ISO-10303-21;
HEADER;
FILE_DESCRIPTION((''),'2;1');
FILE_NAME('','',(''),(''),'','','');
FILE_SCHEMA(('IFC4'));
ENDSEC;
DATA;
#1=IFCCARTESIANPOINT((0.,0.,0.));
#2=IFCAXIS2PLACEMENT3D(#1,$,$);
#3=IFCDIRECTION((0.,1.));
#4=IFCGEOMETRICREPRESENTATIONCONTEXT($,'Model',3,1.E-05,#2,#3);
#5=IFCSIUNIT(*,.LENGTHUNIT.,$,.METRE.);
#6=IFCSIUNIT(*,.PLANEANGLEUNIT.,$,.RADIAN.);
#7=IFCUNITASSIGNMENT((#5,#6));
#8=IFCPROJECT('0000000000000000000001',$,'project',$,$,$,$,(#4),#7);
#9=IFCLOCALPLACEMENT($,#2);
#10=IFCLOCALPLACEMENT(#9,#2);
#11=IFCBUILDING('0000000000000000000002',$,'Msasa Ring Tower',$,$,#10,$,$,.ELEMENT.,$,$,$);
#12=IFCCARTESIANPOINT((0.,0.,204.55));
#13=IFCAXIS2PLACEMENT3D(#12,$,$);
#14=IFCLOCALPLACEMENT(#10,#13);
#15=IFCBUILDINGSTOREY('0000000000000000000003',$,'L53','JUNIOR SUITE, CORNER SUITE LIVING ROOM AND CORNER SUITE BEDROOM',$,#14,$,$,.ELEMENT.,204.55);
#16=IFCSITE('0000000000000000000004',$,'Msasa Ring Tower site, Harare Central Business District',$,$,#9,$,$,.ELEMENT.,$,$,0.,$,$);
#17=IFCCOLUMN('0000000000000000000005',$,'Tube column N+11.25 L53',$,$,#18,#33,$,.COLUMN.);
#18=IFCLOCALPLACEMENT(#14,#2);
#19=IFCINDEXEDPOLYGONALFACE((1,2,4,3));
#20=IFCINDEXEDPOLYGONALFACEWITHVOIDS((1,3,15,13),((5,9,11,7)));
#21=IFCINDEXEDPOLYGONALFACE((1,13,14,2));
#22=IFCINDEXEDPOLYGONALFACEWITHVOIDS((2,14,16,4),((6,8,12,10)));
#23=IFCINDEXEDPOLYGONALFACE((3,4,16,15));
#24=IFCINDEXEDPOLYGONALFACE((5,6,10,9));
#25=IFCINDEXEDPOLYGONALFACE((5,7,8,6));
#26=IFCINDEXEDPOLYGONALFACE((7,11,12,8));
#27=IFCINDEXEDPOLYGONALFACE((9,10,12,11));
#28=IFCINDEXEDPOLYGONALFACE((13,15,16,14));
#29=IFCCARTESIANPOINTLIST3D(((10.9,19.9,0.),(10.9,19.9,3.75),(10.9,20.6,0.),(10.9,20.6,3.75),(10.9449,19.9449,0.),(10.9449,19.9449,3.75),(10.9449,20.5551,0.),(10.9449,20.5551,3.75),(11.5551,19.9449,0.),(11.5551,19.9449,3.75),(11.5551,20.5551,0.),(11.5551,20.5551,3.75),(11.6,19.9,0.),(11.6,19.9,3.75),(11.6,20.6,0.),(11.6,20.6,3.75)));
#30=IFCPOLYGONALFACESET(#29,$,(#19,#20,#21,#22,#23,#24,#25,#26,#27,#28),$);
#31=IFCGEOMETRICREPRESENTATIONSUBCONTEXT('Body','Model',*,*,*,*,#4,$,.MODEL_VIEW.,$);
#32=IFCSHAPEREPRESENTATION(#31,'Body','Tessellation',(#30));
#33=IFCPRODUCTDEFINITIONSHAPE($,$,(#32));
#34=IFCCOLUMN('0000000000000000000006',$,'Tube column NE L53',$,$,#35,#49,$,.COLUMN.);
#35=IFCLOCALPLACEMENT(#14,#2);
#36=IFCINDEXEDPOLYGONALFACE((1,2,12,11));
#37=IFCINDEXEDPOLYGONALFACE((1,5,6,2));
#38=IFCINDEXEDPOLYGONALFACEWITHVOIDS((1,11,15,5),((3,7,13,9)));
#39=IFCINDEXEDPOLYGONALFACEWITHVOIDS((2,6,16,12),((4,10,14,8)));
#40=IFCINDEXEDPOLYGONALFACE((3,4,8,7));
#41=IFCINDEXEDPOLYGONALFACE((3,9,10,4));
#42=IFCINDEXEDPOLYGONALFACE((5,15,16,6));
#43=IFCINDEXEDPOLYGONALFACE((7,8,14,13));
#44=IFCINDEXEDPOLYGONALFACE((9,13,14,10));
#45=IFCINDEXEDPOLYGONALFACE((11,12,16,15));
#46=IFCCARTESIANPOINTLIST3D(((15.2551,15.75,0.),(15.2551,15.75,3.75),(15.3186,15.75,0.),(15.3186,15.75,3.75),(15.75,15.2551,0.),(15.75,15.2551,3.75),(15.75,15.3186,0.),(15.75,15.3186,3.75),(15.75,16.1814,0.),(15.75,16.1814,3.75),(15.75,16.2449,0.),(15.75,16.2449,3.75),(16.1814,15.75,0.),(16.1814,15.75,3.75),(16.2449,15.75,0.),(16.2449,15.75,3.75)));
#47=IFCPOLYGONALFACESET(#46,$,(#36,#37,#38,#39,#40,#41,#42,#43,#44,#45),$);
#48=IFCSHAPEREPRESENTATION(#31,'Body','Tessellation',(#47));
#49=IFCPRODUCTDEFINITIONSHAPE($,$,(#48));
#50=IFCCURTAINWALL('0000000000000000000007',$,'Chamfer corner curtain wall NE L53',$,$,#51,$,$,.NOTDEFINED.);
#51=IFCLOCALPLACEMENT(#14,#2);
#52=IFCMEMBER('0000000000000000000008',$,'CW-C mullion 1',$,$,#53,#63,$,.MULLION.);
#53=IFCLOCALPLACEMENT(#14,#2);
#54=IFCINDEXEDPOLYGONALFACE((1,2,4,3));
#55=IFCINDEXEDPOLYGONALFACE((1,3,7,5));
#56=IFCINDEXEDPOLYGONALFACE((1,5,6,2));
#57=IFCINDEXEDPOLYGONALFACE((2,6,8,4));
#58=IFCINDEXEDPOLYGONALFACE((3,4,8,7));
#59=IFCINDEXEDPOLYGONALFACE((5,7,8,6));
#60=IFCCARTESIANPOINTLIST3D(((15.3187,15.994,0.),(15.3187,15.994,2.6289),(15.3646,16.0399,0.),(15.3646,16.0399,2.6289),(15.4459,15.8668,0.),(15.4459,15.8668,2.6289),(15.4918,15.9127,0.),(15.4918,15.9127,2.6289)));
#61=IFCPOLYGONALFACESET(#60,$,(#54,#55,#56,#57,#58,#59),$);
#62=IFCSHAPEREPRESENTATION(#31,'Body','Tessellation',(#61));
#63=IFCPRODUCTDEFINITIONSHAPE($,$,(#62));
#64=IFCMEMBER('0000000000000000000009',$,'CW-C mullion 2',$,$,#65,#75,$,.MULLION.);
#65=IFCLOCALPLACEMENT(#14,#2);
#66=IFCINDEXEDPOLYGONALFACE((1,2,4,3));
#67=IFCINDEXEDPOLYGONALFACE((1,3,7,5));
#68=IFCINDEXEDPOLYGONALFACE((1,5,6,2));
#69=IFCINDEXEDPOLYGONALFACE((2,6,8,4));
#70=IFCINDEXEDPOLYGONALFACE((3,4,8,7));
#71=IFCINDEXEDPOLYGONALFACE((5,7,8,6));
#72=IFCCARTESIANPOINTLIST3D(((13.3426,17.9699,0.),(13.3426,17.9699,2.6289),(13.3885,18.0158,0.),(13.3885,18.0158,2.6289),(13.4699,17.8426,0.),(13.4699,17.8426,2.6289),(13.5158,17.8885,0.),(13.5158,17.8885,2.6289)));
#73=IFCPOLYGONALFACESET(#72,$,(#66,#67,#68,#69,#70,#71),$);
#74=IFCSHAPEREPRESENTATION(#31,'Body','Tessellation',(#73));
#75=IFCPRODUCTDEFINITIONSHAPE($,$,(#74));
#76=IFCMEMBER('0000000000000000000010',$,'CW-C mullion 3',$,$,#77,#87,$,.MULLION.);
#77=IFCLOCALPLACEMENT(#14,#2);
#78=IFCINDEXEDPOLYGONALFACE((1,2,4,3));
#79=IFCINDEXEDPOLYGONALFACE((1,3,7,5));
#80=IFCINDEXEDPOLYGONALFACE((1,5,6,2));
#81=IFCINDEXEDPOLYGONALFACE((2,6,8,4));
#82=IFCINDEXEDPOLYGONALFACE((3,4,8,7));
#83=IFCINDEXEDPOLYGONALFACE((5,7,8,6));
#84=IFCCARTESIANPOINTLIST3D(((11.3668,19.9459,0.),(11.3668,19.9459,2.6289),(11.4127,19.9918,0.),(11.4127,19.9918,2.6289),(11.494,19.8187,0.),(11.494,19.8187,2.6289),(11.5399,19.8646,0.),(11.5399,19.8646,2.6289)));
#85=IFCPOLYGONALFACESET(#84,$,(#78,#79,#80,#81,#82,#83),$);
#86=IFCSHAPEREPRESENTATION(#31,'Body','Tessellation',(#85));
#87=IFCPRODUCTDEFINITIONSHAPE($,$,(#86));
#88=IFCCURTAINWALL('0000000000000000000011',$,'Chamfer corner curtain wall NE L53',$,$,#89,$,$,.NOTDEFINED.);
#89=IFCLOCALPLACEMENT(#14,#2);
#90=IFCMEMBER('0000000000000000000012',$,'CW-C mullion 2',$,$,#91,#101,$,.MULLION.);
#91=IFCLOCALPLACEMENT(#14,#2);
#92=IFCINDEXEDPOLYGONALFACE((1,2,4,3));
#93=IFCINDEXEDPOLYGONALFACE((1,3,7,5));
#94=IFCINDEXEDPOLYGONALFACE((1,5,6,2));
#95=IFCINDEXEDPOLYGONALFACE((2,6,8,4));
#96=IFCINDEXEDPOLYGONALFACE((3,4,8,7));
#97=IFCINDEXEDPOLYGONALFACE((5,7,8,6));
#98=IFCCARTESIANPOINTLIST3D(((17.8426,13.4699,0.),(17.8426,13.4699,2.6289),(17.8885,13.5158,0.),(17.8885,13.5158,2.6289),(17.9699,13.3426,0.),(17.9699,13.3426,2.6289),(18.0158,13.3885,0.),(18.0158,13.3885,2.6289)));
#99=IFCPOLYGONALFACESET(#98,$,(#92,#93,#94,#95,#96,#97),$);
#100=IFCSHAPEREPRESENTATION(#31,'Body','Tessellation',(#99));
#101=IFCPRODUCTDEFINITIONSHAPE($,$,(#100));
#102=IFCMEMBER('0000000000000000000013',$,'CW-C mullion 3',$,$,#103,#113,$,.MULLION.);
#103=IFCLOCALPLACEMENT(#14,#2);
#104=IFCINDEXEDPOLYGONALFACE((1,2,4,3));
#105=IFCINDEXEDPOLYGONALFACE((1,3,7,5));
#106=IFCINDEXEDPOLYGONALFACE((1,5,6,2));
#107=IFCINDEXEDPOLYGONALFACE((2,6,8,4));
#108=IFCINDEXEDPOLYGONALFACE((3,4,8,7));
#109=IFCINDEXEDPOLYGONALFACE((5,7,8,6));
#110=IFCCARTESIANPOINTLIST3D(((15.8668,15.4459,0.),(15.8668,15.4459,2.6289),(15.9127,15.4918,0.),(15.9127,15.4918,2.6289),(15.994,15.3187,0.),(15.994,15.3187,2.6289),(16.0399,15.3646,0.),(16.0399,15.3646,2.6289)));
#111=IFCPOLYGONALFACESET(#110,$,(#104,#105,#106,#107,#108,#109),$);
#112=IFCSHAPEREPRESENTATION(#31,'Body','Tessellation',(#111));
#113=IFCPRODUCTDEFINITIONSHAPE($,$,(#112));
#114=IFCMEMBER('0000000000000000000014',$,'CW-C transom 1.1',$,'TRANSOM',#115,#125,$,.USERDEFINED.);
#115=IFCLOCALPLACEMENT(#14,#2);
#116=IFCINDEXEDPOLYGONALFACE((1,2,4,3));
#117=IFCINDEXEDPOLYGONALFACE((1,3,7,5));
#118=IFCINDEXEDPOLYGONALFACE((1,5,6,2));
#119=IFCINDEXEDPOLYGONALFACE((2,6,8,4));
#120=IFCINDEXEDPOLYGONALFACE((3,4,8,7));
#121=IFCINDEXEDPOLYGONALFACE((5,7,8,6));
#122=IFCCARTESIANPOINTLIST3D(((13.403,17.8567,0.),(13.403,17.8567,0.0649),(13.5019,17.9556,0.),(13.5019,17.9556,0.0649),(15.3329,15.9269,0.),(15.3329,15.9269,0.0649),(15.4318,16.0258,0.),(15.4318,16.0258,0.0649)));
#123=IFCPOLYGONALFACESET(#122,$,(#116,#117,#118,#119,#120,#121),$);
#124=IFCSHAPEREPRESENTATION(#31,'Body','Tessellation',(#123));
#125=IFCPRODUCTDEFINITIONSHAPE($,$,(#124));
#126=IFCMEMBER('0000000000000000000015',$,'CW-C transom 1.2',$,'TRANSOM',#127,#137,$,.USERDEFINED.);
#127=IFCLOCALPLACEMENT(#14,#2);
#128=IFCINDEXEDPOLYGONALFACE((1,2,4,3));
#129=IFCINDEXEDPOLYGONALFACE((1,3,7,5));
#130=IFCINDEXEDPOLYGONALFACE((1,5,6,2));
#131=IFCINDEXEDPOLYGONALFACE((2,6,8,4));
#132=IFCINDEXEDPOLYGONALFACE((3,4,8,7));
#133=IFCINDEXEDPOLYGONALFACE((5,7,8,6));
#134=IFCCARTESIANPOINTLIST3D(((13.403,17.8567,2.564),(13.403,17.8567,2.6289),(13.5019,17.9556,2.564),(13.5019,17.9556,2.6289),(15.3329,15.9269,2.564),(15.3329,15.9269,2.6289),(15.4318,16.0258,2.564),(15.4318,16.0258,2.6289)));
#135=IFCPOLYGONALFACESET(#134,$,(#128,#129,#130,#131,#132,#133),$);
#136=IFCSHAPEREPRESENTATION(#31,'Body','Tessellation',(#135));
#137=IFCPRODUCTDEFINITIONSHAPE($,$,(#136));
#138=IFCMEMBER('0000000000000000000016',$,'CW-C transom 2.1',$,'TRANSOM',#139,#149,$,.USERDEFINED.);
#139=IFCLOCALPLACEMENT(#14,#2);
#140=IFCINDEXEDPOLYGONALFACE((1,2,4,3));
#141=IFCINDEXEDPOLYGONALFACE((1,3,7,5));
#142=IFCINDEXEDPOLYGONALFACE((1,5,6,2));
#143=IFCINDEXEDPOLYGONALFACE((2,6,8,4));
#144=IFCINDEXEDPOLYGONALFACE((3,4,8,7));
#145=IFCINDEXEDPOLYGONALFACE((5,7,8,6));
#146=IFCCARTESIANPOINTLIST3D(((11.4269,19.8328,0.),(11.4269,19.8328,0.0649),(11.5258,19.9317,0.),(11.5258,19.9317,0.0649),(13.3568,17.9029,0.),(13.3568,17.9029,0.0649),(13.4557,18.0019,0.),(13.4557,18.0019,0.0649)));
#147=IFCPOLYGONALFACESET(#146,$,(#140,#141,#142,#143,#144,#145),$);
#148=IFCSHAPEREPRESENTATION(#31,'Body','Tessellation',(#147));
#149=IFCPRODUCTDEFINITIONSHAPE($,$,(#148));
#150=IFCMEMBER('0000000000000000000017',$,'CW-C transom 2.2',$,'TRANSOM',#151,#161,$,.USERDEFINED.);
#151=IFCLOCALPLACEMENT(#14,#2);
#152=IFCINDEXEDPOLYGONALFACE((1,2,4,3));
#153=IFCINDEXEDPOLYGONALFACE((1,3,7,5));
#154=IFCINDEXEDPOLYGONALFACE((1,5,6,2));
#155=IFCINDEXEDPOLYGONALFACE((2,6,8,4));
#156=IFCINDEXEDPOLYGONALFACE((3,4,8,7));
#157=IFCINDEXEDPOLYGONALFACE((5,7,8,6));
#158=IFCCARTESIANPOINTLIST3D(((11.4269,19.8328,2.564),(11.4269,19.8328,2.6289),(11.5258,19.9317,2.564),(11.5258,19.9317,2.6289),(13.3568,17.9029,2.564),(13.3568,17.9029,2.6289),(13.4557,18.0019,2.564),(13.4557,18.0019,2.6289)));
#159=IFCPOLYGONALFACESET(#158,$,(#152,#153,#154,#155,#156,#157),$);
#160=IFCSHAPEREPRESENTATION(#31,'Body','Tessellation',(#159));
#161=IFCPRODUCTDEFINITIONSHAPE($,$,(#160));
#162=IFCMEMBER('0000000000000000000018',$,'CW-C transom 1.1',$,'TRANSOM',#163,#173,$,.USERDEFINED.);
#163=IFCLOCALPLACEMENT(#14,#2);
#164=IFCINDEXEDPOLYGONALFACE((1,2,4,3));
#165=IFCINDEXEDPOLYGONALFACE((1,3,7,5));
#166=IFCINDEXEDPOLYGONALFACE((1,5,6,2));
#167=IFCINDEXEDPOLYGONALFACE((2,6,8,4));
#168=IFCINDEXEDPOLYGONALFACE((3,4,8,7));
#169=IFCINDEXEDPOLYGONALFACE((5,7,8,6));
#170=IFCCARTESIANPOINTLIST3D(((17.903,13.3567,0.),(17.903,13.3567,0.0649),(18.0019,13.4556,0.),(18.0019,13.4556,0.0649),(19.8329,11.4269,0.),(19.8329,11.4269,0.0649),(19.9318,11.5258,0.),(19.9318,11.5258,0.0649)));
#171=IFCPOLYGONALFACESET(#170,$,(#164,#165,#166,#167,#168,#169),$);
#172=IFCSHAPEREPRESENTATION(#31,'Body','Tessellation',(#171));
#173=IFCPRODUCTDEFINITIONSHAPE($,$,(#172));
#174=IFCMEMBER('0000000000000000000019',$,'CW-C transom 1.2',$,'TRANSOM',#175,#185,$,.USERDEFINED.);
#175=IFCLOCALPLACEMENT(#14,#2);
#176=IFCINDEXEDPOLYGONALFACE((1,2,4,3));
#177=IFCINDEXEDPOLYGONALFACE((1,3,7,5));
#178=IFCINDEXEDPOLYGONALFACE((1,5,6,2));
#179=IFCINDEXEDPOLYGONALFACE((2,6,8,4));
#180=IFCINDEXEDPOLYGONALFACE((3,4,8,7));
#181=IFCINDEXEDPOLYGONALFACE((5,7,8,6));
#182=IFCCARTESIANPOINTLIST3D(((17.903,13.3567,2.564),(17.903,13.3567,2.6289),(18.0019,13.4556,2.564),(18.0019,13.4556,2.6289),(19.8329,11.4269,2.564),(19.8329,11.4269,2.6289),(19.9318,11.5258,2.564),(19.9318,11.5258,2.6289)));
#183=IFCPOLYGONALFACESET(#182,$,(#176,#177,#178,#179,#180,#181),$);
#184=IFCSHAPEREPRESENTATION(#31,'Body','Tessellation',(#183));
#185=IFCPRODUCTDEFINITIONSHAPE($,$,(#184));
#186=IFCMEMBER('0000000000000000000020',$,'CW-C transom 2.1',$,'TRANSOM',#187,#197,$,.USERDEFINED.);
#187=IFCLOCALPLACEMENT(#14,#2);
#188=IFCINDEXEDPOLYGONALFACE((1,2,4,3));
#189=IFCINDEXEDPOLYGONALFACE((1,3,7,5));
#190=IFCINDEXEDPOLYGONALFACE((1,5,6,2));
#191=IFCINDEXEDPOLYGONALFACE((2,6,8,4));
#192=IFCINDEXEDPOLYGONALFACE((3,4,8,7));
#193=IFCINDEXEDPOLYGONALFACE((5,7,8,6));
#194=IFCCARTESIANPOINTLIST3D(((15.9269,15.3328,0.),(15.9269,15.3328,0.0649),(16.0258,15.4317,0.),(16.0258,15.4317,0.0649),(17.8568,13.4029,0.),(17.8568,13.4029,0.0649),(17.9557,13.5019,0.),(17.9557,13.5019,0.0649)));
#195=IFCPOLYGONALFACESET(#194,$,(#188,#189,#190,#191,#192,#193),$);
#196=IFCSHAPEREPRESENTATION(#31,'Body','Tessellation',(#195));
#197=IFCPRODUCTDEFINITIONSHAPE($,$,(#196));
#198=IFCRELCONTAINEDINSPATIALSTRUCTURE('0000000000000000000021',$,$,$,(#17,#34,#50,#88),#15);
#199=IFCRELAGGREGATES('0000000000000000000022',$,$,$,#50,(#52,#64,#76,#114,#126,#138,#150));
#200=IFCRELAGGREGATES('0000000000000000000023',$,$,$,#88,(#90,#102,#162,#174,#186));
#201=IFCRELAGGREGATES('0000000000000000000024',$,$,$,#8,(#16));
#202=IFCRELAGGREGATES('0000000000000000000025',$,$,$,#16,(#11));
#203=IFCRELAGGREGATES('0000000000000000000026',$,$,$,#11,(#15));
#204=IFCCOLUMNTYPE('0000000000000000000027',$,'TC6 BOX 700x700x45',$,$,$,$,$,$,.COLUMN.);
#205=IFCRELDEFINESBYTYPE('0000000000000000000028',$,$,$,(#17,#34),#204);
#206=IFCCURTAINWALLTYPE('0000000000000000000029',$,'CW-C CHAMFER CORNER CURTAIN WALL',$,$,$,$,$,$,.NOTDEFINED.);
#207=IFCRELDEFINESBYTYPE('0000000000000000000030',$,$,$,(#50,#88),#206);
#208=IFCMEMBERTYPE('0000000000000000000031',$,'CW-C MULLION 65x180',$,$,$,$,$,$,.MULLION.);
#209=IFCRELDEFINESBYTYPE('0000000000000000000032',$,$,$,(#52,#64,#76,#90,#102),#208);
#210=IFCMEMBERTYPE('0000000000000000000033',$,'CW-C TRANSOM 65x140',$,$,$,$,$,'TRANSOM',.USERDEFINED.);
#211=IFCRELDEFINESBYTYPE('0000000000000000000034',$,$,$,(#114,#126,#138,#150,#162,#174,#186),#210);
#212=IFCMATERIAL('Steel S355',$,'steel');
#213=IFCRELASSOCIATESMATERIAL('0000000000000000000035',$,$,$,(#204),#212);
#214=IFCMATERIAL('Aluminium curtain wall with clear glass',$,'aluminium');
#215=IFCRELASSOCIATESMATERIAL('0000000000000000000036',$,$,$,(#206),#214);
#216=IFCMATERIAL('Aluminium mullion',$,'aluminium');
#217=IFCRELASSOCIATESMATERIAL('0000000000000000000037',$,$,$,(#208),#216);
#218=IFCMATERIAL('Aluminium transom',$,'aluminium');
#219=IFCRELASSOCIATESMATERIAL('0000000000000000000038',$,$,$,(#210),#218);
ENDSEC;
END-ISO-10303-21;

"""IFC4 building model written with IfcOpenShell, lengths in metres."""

from ifc_helpers import new_model, si_unit, direction, frame, origin, origin_2d, place, context, subcontext, project, spatial, rectangle, hollow_rectangle, extrude, material, material_profile, profile_set, type_object, element, aggregate, save


model = new_model("IFC4")

# Units and contexts
model_context = context("Model", 3, precision=1e-05, world=origin(), true_north=direction((0.0, 1.0)))
body_context = subcontext(model_context, "Body", "Model", "MODEL_VIEW")
ifc_project = project(units=[si_unit("LENGTHUNIT", "METRE"), si_unit("PLANEANGLEUNIT", "RADIAN")], contexts=[model_context])

# Site, building, storey
site_placement = place(None, origin())
site = spatial("IfcSite", under=ifc_project, at=site_placement, Name="Msasa Ring Tower site, Harare Central Business District", CompositionType="ELEMENT", RefElevation=0.0)
building_placement = place(site_placement, origin())
building = spatial("IfcBuilding", under=site, at=building_placement, Name="Msasa Ring Tower", CompositionType="ELEMENT")
storey_placement = place(building_placement, frame((0.0, 0.0, 204.55)))
storey = spatial("IfcBuildingStorey", under=building, at=storey_placement, Name="L53", Description="JUNIOR SUITE, CORNER SUITE LIVING ROOM AND CORNER SUITE BEDROOM", CompositionType="ELEMENT", Elevation=204.55)

# Columns
ifc_material_1 = material(Name="Steel S355", Category="steel")
ifc_material_profile_1 = material_profile(ifc_material_1, hollow_rectangle(XDim=0.7, YDim=0.7, WallThickness=0.0449, at=origin_2d()), Name="BOX 700x700x45")
ifc_profile_set_1 = profile_set([ifc_material_profile_1], Name="Steel S355")
column_type = type_object("IfcColumnType", Name="TC6 BOX 700x700x45", PredefinedType="COLUMN", material=ifc_profile_set_1)
for number, where, z_axis, x_axis, name in (
    (1, (11.25, 20.25, 0.0), (0.0, 0.0, 1.0), (0.0, 1.0, 0.0), "Tube column N+11.25 L53"),
    (2, (15.75, 15.75, 0.0), (0.0, 0.0, 1.0), (0.707107, 0.707107, 0.0), "Tube column NE L53"),
):
    element("IfcColumn", number, at=place(storey_placement, frame(where, z_axis=z_axis, x_axis=x_axis)), inside=storey, type_object=column_type, Name=name, PredefinedType="COLUMN", context=body_context, shape_type="SweptSolid", body=[
        extrude(hollow_rectangle(XDim=0.7, YDim=0.7, WallThickness=0.0449, at=origin_2d()), origin(), (0.0, 0.0, 1.0), 3.75),
    ])

# Curtain walls, members
ifc_material_2 = material(Name="Aluminium curtain wall with clear glass", Category="aluminium")
curtain_wall_type = type_object("IfcCurtainWallType", Name="CW-C CHAMFER CORNER CURTAIN WALL", PredefinedType="NOTDEFINED", material=ifc_material_2)
curtain_wall_1_placement = place(storey_placement, origin())
curtain_wall_1 = element("IfcCurtainWall", 3, at=curtain_wall_1_placement, inside=storey, type_object=curtain_wall_type, Name="Chamfer corner curtain wall NE L53", PredefinedType="NOTDEFINED")
ifc_material_3 = material(Name="Aluminium mullion", Category="aluminium")
ifc_material_profile_2 = material_profile(ifc_material_3, rectangle(XDim=0.0649, YDim=0.1799, at=origin_2d()), Name="AL 65x180")
ifc_profile_set_2 = profile_set([ifc_material_profile_2], Name="Aluminium mullion")
member_type_1 = type_object("IfcMemberType", Name="CW-C MULLION 65x180", PredefinedType="MULLION", material=ifc_profile_set_2)
member_1_placement = place(storey_placement, frame((15.4053, 15.9534, 0.0), z_axis=(0.0, 0.0, 1.0), x_axis=(-0.707107, -0.707107, 0.0)))
member_1 = element("IfcMember", 4, at=member_1_placement, type_object=member_type_1, Name="CW-C mullion 1", PredefinedType="MULLION", context=body_context, shape_type="SweptSolid", body=[
    extrude(rectangle(XDim=0.0649, YDim=0.1799, at=origin_2d()), origin(), (0.0, 0.0, 1.0), 2.6289),
])
member_2_placement = place(storey_placement, frame((13.4292, 17.9292, 0.0), z_axis=(0.0, 0.0, 1.0), x_axis=(-0.707107, -0.707107, 0.0)))
member_2 = element("IfcMember", 5, at=member_2_placement, type_object=member_type_1, Name="CW-C mullion 2", PredefinedType="MULLION", context=body_context, shape_type="SweptSolid", body=[
    extrude(rectangle(XDim=0.0649, YDim=0.1799, at=origin_2d()), origin(), (0.0, 0.0, 1.0), 2.6289),
])
member_3_placement = place(storey_placement, frame((11.4534, 19.9053, 0.0), z_axis=(0.0, 0.0, 1.0), x_axis=(-0.707107, -0.707107, 0.0)))
member_3 = element("IfcMember", 6, at=member_3_placement, type_object=member_type_1, Name="CW-C mullion 3", PredefinedType="MULLION", context=body_context, shape_type="SweptSolid", body=[
    extrude(rectangle(XDim=0.0649, YDim=0.1799, at=origin_2d()), origin(), (0.0, 0.0, 1.0), 2.6289),
])
curtain_wall_2_placement = place(storey_placement, origin())
curtain_wall_2 = element("IfcCurtainWall", 7, at=curtain_wall_2_placement, inside=storey, type_object=curtain_wall_type, Name="Chamfer corner curtain wall NE L53", PredefinedType="NOTDEFINED")
member_4_placement = place(storey_placement, frame((17.9292, 13.4292, 0.0), z_axis=(0.0, 0.0, 1.0), x_axis=(-0.707107, -0.707107, 0.0)))
member_4 = element("IfcMember", 8, at=member_4_placement, type_object=member_type_1, Name="CW-C mullion 2", PredefinedType="MULLION", context=body_context, shape_type="SweptSolid", body=[
    extrude(rectangle(XDim=0.0649, YDim=0.1799, at=origin_2d()), origin(), (0.0, 0.0, 1.0), 2.6289),
])
member_5_placement = place(storey_placement, frame((15.9534, 15.4053, 0.0), z_axis=(0.0, 0.0, 1.0), x_axis=(-0.707107, -0.707107, 0.0)))
member_5 = element("IfcMember", 9, at=member_5_placement, type_object=member_type_1, Name="CW-C mullion 3", PredefinedType="MULLION", context=body_context, shape_type="SweptSolid", body=[
    extrude(rectangle(XDim=0.0649, YDim=0.1799, at=origin_2d()), origin(), (0.0, 0.0, 1.0), 2.6289),
])

# Members
ifc_material_4 = material(Name="Aluminium transom", Category="aluminium")
ifc_material_profile_3 = material_profile(ifc_material_4, rectangle(XDim=0.1399, YDim=0.0649, at=origin_2d()), Name="AL 65x140")
ifc_profile_set_3 = profile_set([ifc_material_profile_3], Name="Aluminium transom")
member_type_2 = type_object("IfcMemberType", Name="CW-C TRANSOM 65x140", ElementType="TRANSOM", PredefinedType="USERDEFINED", material=ifc_profile_set_3)
member_6_placement = place(storey_placement, frame((15.3823, 15.9763, 0.0325), z_axis=(-0.707107, 0.707107, 0.0), x_axis=(-0.707107, -0.707107, 0.0)))
member_6 = element("IfcMember", 10, at=member_6_placement, type_object=member_type_2, Name="CW-C transom 1.1", ObjectType="TRANSOM", PredefinedType="USERDEFINED", context=body_context, shape_type="SweptSolid", body=[
    extrude(rectangle(XDim=0.1399, YDim=0.0649, at=origin_2d()), origin(), (0.0, 0.0, 1.0), 2.7292),
])
member_7_placement = place(storey_placement, frame((15.3823, 15.9763, 2.5964), z_axis=(-0.707107, 0.707107, 0.0), x_axis=(-0.707107, -0.707107, 0.0)))
member_7 = element("IfcMember", 11, at=member_7_placement, type_object=member_type_2, Name="CW-C transom 1.2", ObjectType="TRANSOM", PredefinedType="USERDEFINED", context=body_context, shape_type="SweptSolid", body=[
    extrude(rectangle(XDim=0.1399, YDim=0.0649, at=origin_2d()), origin(), (0.0, 0.0, 1.0), 2.7292),
])
member_8_placement = place(storey_placement, frame((13.4062, 17.9524, 0.0325), z_axis=(-0.707107, 0.707107, 0.0), x_axis=(-0.707107, -0.707107, 0.0)))
member_8 = element("IfcMember", 12, at=member_8_placement, type_object=member_type_2, Name="CW-C transom 2.1", ObjectType="TRANSOM", PredefinedType="USERDEFINED", context=body_context, shape_type="SweptSolid", body=[
    extrude(rectangle(XDim=0.1399, YDim=0.0649, at=origin_2d()), origin(), (0.0, 0.0, 1.0), 2.7292),
])
member_9_placement = place(storey_placement, frame((13.4062, 17.9524, 2.5964), z_axis=(-0.707107, 0.707107, 0.0), x_axis=(-0.707107, -0.707107, 0.0)))
member_9 = element("IfcMember", 13, at=member_9_placement, type_object=member_type_2, Name="CW-C transom 2.2", ObjectType="TRANSOM", PredefinedType="USERDEFINED", context=body_context, shape_type="SweptSolid", body=[
    extrude(rectangle(XDim=0.1399, YDim=0.0649, at=origin_2d()), origin(), (0.0, 0.0, 1.0), 2.7292),
])
member_10_placement = place(storey_placement, frame((19.8823, 11.4763, 0.0325), z_axis=(-0.707107, 0.707107, 0.0), x_axis=(-0.707107, -0.707107, 0.0)))
member_10 = element("IfcMember", 14, at=member_10_placement, type_object=member_type_2, Name="CW-C transom 1.1", ObjectType="TRANSOM", PredefinedType="USERDEFINED", context=body_context, shape_type="SweptSolid", body=[
    extrude(rectangle(XDim=0.1399, YDim=0.0649, at=origin_2d()), origin(), (0.0, 0.0, 1.0), 2.7292),
])
member_11_placement = place(storey_placement, frame((19.8823, 11.4763, 2.5964), z_axis=(-0.707107, 0.707107, 0.0), x_axis=(-0.707107, -0.707107, 0.0)))
member_11 = element("IfcMember", 15, at=member_11_placement, type_object=member_type_2, Name="CW-C transom 1.2", ObjectType="TRANSOM", PredefinedType="USERDEFINED", context=body_context, shape_type="SweptSolid", body=[
    extrude(rectangle(XDim=0.1399, YDim=0.0649, at=origin_2d()), origin(), (0.0, 0.0, 1.0), 2.7292),
])
member_12_placement = place(storey_placement, frame((17.9062, 13.4524, 0.0325), z_axis=(-0.707107, 0.707107, 0.0), x_axis=(-0.707107, -0.707107, 0.0)))
member_12 = element("IfcMember", 16, at=member_12_placement, type_object=member_type_2, Name="CW-C transom 2.1", ObjectType="TRANSOM", PredefinedType="USERDEFINED", context=body_context, shape_type="SweptSolid", body=[
    extrude(rectangle(XDim=0.1399, YDim=0.0649, at=origin_2d()), origin(), (0.0, 0.0, 1.0), 2.7292),
])

aggregate(curtain_wall_1, [member_1, member_2, member_3, member_6, member_7, member_8, member_9])
aggregate(curtain_wall_2, [member_4, member_5, member_10, member_11, member_12])

save(model, "model.ifc")
